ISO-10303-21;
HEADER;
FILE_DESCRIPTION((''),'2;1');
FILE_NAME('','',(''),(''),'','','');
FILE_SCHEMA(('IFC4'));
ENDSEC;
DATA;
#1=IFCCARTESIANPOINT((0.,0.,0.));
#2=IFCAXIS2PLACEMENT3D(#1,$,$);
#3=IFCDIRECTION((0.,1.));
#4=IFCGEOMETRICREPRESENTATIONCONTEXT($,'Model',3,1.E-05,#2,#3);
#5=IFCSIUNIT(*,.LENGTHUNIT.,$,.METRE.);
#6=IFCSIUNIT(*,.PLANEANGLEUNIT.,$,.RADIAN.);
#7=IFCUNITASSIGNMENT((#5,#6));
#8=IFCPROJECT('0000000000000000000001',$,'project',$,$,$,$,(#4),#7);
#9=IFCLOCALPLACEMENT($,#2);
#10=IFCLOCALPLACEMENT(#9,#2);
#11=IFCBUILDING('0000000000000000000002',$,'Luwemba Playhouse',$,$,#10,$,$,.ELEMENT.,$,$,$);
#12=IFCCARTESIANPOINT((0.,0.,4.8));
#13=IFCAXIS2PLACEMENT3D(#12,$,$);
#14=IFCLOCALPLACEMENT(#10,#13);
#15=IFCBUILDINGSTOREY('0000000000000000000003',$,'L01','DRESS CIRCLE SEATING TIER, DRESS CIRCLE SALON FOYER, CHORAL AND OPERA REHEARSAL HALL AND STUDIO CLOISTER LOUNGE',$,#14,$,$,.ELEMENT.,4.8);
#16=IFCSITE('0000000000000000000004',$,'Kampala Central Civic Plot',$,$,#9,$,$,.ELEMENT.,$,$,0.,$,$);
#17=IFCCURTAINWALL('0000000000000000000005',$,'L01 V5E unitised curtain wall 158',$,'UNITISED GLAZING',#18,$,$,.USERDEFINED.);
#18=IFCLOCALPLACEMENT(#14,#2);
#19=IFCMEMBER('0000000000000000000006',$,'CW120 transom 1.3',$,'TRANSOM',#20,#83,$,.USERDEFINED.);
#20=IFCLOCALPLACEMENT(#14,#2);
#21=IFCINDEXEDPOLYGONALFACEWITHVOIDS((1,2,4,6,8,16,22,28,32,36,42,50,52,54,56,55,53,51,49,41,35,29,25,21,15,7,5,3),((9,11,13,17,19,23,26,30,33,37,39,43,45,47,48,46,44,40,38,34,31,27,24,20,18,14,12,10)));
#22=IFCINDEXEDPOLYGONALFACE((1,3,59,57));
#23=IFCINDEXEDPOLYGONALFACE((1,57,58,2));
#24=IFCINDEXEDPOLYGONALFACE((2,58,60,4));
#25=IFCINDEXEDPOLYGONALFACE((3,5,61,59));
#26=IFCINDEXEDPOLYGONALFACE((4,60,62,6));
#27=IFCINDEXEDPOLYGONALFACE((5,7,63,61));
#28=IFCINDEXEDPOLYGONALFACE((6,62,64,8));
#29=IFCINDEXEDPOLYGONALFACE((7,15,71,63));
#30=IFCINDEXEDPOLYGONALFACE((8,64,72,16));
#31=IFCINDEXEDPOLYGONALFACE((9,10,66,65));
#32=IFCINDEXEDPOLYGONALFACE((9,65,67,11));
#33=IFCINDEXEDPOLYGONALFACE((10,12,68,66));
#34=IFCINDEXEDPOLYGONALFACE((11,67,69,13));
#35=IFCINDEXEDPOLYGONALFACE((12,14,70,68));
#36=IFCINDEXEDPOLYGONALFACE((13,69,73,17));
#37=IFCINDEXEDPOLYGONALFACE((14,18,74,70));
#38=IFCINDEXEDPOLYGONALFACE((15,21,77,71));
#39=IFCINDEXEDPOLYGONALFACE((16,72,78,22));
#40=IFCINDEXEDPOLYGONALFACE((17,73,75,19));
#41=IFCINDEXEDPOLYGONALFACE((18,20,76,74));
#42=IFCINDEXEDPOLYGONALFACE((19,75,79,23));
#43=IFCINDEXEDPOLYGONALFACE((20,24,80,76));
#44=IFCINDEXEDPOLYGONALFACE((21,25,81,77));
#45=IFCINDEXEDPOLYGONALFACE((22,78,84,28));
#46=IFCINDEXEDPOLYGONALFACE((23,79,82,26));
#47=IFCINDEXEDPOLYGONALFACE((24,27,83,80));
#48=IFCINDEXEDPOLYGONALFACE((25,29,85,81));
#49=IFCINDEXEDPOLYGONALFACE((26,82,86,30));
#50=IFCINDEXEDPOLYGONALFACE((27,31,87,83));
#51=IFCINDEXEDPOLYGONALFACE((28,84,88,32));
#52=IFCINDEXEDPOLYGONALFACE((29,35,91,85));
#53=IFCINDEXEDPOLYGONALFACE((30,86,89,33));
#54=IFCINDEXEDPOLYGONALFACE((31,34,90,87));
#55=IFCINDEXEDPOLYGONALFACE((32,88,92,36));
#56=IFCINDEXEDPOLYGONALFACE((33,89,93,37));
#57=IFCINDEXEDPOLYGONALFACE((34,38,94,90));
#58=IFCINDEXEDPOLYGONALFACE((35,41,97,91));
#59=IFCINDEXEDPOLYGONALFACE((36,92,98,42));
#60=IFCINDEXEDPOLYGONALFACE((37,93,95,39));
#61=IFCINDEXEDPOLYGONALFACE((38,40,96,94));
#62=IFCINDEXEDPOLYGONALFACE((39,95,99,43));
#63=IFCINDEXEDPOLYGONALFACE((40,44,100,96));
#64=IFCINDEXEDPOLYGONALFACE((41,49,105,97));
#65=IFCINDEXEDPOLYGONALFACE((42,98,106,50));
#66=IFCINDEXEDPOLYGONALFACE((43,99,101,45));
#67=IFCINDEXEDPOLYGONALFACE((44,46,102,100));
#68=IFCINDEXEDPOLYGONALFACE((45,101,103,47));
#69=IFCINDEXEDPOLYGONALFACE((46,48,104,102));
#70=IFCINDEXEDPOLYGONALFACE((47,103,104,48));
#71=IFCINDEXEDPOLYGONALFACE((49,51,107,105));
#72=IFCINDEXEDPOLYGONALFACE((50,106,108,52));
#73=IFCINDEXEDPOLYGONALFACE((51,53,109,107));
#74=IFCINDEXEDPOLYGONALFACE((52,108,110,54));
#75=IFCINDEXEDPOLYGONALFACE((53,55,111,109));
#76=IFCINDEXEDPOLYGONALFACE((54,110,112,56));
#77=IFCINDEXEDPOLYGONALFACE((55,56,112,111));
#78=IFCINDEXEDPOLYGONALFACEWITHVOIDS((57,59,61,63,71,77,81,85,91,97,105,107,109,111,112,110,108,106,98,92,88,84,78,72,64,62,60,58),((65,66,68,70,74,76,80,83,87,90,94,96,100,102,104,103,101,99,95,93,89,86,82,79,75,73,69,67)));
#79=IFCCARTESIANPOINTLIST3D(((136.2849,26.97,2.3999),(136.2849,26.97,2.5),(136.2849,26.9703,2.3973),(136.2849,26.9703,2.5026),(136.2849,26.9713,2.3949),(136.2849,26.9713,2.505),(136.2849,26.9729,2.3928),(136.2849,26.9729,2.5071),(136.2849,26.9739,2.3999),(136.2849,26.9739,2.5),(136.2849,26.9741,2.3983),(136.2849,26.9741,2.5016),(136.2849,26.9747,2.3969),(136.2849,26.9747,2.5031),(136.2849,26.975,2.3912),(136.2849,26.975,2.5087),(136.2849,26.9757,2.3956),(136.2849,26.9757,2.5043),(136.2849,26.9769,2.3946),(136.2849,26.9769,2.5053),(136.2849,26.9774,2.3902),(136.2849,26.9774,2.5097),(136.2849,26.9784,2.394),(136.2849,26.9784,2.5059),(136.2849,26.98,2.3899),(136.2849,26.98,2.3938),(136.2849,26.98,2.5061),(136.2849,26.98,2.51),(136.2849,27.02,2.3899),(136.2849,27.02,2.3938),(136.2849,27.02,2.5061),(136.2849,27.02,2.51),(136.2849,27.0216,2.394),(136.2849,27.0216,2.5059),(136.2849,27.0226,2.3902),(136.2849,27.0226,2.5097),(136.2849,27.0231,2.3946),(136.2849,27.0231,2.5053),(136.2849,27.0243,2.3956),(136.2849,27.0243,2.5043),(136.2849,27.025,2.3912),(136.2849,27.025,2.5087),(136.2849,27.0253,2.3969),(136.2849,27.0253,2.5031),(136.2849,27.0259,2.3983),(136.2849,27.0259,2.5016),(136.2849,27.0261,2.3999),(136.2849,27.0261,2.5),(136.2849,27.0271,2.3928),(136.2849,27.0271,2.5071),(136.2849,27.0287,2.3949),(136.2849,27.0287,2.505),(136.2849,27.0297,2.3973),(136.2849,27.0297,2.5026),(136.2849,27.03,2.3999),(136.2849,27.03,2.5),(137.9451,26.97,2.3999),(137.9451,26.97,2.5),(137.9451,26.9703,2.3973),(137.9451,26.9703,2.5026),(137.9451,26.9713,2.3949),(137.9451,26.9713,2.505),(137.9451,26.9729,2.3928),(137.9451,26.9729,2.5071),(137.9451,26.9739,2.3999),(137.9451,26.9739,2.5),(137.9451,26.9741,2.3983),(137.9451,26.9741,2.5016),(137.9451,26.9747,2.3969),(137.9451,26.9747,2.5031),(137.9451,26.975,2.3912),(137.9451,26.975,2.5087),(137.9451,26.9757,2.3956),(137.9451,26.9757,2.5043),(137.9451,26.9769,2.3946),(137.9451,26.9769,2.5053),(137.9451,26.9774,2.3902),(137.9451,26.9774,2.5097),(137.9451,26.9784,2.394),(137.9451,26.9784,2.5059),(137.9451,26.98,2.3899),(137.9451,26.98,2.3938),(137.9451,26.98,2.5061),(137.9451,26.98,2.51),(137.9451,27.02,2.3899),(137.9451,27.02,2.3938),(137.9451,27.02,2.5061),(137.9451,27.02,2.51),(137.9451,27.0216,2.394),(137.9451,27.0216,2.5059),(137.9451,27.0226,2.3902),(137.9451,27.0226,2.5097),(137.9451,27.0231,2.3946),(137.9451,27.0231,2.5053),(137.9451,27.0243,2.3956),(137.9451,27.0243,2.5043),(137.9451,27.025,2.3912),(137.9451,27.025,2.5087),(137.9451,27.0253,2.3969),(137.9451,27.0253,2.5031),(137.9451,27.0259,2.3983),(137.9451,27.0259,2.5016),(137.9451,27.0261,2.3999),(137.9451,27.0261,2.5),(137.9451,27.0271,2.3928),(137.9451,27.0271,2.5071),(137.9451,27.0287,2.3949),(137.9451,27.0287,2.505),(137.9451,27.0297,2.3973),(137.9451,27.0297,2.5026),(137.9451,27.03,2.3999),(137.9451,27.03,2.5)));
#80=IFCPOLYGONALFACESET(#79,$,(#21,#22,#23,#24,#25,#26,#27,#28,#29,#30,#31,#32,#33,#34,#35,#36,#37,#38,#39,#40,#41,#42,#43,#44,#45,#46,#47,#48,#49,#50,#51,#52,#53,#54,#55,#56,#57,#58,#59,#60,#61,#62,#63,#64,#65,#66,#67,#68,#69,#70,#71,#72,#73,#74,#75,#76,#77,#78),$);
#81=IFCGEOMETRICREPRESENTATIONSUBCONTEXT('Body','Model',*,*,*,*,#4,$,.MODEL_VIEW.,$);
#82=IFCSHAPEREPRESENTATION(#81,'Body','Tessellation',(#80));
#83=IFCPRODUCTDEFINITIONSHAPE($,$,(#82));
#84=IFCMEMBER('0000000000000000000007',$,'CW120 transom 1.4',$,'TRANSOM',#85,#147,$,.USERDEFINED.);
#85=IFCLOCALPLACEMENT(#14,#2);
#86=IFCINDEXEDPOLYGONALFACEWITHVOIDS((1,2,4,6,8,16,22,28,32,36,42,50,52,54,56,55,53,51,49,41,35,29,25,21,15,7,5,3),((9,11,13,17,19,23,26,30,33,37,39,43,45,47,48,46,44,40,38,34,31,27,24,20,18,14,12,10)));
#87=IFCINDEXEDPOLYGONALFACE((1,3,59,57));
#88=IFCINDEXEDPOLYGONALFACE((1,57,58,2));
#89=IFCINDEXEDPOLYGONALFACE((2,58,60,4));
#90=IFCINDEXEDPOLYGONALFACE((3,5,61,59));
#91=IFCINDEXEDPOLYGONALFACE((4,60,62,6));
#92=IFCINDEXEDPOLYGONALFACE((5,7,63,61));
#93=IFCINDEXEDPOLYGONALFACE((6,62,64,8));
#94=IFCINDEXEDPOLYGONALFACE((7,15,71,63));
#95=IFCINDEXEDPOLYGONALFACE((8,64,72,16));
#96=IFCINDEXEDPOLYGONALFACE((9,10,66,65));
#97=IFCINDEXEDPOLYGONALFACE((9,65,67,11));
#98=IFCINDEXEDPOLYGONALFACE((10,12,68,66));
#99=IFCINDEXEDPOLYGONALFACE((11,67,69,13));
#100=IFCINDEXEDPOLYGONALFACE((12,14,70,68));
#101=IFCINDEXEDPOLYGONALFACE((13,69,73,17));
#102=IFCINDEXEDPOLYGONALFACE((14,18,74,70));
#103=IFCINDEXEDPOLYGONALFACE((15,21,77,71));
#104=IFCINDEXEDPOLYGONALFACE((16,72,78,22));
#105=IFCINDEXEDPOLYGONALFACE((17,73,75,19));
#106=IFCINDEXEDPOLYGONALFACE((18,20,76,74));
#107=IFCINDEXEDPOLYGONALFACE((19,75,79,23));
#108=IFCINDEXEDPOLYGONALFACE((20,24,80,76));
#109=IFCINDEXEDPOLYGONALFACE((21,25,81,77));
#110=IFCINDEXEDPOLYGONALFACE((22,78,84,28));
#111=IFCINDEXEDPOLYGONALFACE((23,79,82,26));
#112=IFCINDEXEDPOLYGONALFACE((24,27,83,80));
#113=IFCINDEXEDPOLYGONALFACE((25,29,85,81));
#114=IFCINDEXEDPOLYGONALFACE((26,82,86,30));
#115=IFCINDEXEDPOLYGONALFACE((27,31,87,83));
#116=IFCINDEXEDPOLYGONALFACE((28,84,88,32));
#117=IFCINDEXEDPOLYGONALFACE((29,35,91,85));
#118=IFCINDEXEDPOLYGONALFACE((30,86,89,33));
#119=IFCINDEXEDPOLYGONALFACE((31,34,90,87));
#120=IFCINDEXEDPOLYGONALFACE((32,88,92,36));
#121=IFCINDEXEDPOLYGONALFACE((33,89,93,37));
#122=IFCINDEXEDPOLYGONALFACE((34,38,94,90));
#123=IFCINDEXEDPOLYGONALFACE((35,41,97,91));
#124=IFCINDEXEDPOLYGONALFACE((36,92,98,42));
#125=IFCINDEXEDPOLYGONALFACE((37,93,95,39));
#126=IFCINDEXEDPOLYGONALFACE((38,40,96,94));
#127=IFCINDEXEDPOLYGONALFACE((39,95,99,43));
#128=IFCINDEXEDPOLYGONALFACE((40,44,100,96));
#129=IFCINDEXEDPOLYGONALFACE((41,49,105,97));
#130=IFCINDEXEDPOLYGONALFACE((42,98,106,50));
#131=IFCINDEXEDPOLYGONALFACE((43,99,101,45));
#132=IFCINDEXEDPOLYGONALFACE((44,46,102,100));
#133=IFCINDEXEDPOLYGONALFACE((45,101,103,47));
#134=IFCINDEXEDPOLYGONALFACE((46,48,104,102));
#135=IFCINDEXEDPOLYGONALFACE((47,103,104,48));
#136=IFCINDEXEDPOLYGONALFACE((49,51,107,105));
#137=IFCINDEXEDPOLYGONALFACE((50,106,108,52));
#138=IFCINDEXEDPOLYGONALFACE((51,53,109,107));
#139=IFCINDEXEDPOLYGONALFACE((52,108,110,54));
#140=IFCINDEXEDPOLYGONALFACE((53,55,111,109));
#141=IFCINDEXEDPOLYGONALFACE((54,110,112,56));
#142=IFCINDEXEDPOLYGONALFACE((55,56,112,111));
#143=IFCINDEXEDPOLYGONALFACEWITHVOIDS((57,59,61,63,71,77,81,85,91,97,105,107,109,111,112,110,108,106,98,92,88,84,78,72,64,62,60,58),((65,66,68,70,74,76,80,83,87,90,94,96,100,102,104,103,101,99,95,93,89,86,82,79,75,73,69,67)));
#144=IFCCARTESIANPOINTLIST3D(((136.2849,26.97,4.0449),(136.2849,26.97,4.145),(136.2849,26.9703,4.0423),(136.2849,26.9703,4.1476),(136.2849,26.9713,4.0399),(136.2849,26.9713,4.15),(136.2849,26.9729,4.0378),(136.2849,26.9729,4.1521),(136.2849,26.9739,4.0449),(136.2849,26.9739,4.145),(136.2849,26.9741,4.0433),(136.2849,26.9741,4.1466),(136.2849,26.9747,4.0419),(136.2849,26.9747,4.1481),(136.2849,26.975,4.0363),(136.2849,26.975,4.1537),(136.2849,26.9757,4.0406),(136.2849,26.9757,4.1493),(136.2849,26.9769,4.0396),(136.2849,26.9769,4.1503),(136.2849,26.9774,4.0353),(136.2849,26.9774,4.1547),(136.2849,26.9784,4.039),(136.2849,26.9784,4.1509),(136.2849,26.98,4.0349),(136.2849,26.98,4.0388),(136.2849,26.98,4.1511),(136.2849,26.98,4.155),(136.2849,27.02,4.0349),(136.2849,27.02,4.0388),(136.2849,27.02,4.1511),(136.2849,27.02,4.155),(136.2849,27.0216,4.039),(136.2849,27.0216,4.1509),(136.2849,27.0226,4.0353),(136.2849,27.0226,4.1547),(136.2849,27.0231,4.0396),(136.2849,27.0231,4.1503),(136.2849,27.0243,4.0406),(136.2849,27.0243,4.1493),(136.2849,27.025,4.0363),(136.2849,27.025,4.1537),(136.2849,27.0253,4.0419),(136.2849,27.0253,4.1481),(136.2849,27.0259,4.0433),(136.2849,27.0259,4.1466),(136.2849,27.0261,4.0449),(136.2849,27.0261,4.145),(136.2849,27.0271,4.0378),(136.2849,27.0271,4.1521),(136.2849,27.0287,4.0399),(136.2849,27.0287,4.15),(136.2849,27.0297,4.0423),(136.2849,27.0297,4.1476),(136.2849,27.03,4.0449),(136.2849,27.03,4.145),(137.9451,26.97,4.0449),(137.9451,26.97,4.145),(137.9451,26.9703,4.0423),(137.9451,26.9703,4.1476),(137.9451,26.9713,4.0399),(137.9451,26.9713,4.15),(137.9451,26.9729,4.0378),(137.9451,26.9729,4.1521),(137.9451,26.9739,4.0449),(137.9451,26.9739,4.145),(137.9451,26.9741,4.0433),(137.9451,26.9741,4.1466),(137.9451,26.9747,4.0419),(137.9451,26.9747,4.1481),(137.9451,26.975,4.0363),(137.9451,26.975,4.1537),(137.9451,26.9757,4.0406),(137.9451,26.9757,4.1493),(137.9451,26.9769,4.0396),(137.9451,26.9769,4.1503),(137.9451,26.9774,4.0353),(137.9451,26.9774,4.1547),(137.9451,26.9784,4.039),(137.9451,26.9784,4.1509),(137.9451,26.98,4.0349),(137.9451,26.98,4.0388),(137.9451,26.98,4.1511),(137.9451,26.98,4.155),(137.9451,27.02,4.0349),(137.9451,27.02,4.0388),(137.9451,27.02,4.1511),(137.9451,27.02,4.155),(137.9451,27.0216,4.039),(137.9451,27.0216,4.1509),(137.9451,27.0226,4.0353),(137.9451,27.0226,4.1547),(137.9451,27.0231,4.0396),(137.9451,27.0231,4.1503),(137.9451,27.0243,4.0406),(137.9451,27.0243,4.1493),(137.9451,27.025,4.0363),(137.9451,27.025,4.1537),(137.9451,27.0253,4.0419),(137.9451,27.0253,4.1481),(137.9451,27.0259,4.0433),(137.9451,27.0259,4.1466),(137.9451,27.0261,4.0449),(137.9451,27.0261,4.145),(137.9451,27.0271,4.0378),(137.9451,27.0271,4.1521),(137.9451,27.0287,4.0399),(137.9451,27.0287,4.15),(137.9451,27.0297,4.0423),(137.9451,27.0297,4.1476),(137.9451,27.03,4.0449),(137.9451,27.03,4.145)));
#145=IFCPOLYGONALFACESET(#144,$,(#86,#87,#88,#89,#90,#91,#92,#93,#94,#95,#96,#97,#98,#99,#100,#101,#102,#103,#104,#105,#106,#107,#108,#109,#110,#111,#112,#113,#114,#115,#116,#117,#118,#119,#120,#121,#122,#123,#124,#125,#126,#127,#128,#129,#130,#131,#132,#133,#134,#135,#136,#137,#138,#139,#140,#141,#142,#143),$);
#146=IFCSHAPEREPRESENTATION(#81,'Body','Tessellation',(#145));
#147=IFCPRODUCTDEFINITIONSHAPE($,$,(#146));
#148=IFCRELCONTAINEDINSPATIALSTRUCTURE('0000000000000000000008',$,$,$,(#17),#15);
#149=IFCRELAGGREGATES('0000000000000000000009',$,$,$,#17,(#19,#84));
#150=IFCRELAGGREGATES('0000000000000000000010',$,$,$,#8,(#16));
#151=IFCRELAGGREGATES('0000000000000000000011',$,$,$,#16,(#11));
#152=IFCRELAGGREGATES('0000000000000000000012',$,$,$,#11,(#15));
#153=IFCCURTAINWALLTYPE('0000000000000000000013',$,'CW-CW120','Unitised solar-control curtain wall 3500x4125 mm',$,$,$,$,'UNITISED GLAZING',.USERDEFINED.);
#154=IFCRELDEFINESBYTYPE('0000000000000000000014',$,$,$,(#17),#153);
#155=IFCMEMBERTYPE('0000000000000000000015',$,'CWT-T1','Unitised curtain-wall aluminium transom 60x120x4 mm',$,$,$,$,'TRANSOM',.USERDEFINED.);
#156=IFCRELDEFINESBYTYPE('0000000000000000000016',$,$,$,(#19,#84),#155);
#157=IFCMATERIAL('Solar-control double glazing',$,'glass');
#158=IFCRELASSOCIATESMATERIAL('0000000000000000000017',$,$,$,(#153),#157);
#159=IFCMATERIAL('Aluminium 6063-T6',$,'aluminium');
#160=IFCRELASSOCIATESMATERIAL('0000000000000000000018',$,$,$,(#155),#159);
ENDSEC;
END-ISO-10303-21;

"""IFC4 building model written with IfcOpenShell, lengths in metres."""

from ifc_helpers import new_model, si_unit, direction, frame, origin, origin_2d, place, context, subcontext, project, spatial, hollow_rectangle, extrude, material, material_profile, profile_set, type_object, element, aggregate, save


model = new_model("IFC4")

# Units and contexts
model_context = context("Model", 3, precision=1e-05, world=origin(), true_north=direction((0.0, 1.0)))
body_context = subcontext(model_context, "Body", "Model", "MODEL_VIEW")
ifc_project = project(units=[si_unit("LENGTHUNIT", "METRE"), si_unit("PLANEANGLEUNIT", "RADIAN")], contexts=[model_context])

# Site, building, storey
site_placement = place(None, origin())
site = spatial("IfcSite", under=ifc_project, at=site_placement, Name="Kampala Central Civic Plot", CompositionType="ELEMENT", RefElevation=0.0)
building_placement = place(site_placement, origin())
building = spatial("IfcBuilding", under=site, at=building_placement, Name="Luwemba Playhouse", CompositionType="ELEMENT")
storey_placement = place(building_placement, frame((0.0, 0.0, 4.8)))
storey = spatial("IfcBuildingStorey", under=building, at=storey_placement, Name="L01", Description="DRESS CIRCLE SEATING TIER, DRESS CIRCLE SALON FOYER, CHORAL AND OPERA REHEARSAL HALL AND STUDIO CLOISTER LOUNGE", CompositionType="ELEMENT", Elevation=4.8)

# Curtain wall
ifc_material_1 = material(Name="Solar-control double glazing", Category="glass")
curtain_wall_type_1 = type_object("IfcCurtainWallType", Name="CW-CW120", Description="Unitised solar-control curtain wall 3500x4125 mm", ElementType="UNITISED GLAZING", PredefinedType="USERDEFINED", material=ifc_material_1)
curtain_wall_1_placement = place(storey_placement, origin())
curtain_wall_1 = element("IfcCurtainWall", 1, at=curtain_wall_1_placement, inside=storey, type_object=curtain_wall_type_1, Name="L01 V5E unitised curtain wall 158", ObjectType="UNITISED GLAZING", PredefinedType="USERDEFINED")
ifc_material_2 = material(Name="Aluminium 6063-T6", Category="aluminium")

# Members
ifc_material_profile_1 = material_profile(ifc_material_2, hollow_rectangle(XDim=0.0601, YDim=0.1201, WallThickness=0.0039, InnerFilletRadius=0.0061, OuterFilletRadius=0.01, at=origin_2d()))
ifc_profile_set_1 = profile_set([ifc_material_profile_1], Name="Aluminium 6063-T6")
member_type_1 = type_object("IfcMemberType", Name="CWT-T1", Description="Unitised curtain-wall aluminium transom 60x120x4 mm", ElementType="TRANSOM", PredefinedType="USERDEFINED", material=ifc_profile_set_1)
member_1_placement = place(storey_placement, frame((136.2849, 27.0, 2.45), z_axis=(1.0, 0.0, 0.0), x_axis=(0.0, 1.0, 0.0)))
member_1 = element("IfcMember", 2, at=member_1_placement, type_object=member_type_1, Name="CW120 transom 1.3", ObjectType="TRANSOM", PredefinedType="USERDEFINED", context=body_context, shape_type="SweptSolid", body=[
    extrude(hollow_rectangle(XDim=0.0601, YDim=0.1201, WallThickness=0.0039, InnerFilletRadius=0.0061, OuterFilletRadius=0.01, at=origin_2d()), origin(), (0.0, 0.0, 1.0), 1.6602),
])
member_2_placement = place(storey_placement, frame((136.2849, 27.0, 4.095), z_axis=(1.0, 0.0, 0.0), x_axis=(0.0, 1.0, 0.0)))
member_2 = element("IfcMember", 3, at=member_2_placement, type_object=member_type_1, Name="CW120 transom 1.4", ObjectType="TRANSOM", PredefinedType="USERDEFINED", context=body_context, shape_type="SweptSolid", body=[
    extrude(hollow_rectangle(XDim=0.0601, YDim=0.1201, WallThickness=0.0039, InnerFilletRadius=0.0061, OuterFilletRadius=0.01, at=origin_2d()), origin(), (0.0, 0.0, 1.0), 1.6602),
])

aggregate(curtain_wall_1, [member_1, member_2])

save(model, "model.ifc")
